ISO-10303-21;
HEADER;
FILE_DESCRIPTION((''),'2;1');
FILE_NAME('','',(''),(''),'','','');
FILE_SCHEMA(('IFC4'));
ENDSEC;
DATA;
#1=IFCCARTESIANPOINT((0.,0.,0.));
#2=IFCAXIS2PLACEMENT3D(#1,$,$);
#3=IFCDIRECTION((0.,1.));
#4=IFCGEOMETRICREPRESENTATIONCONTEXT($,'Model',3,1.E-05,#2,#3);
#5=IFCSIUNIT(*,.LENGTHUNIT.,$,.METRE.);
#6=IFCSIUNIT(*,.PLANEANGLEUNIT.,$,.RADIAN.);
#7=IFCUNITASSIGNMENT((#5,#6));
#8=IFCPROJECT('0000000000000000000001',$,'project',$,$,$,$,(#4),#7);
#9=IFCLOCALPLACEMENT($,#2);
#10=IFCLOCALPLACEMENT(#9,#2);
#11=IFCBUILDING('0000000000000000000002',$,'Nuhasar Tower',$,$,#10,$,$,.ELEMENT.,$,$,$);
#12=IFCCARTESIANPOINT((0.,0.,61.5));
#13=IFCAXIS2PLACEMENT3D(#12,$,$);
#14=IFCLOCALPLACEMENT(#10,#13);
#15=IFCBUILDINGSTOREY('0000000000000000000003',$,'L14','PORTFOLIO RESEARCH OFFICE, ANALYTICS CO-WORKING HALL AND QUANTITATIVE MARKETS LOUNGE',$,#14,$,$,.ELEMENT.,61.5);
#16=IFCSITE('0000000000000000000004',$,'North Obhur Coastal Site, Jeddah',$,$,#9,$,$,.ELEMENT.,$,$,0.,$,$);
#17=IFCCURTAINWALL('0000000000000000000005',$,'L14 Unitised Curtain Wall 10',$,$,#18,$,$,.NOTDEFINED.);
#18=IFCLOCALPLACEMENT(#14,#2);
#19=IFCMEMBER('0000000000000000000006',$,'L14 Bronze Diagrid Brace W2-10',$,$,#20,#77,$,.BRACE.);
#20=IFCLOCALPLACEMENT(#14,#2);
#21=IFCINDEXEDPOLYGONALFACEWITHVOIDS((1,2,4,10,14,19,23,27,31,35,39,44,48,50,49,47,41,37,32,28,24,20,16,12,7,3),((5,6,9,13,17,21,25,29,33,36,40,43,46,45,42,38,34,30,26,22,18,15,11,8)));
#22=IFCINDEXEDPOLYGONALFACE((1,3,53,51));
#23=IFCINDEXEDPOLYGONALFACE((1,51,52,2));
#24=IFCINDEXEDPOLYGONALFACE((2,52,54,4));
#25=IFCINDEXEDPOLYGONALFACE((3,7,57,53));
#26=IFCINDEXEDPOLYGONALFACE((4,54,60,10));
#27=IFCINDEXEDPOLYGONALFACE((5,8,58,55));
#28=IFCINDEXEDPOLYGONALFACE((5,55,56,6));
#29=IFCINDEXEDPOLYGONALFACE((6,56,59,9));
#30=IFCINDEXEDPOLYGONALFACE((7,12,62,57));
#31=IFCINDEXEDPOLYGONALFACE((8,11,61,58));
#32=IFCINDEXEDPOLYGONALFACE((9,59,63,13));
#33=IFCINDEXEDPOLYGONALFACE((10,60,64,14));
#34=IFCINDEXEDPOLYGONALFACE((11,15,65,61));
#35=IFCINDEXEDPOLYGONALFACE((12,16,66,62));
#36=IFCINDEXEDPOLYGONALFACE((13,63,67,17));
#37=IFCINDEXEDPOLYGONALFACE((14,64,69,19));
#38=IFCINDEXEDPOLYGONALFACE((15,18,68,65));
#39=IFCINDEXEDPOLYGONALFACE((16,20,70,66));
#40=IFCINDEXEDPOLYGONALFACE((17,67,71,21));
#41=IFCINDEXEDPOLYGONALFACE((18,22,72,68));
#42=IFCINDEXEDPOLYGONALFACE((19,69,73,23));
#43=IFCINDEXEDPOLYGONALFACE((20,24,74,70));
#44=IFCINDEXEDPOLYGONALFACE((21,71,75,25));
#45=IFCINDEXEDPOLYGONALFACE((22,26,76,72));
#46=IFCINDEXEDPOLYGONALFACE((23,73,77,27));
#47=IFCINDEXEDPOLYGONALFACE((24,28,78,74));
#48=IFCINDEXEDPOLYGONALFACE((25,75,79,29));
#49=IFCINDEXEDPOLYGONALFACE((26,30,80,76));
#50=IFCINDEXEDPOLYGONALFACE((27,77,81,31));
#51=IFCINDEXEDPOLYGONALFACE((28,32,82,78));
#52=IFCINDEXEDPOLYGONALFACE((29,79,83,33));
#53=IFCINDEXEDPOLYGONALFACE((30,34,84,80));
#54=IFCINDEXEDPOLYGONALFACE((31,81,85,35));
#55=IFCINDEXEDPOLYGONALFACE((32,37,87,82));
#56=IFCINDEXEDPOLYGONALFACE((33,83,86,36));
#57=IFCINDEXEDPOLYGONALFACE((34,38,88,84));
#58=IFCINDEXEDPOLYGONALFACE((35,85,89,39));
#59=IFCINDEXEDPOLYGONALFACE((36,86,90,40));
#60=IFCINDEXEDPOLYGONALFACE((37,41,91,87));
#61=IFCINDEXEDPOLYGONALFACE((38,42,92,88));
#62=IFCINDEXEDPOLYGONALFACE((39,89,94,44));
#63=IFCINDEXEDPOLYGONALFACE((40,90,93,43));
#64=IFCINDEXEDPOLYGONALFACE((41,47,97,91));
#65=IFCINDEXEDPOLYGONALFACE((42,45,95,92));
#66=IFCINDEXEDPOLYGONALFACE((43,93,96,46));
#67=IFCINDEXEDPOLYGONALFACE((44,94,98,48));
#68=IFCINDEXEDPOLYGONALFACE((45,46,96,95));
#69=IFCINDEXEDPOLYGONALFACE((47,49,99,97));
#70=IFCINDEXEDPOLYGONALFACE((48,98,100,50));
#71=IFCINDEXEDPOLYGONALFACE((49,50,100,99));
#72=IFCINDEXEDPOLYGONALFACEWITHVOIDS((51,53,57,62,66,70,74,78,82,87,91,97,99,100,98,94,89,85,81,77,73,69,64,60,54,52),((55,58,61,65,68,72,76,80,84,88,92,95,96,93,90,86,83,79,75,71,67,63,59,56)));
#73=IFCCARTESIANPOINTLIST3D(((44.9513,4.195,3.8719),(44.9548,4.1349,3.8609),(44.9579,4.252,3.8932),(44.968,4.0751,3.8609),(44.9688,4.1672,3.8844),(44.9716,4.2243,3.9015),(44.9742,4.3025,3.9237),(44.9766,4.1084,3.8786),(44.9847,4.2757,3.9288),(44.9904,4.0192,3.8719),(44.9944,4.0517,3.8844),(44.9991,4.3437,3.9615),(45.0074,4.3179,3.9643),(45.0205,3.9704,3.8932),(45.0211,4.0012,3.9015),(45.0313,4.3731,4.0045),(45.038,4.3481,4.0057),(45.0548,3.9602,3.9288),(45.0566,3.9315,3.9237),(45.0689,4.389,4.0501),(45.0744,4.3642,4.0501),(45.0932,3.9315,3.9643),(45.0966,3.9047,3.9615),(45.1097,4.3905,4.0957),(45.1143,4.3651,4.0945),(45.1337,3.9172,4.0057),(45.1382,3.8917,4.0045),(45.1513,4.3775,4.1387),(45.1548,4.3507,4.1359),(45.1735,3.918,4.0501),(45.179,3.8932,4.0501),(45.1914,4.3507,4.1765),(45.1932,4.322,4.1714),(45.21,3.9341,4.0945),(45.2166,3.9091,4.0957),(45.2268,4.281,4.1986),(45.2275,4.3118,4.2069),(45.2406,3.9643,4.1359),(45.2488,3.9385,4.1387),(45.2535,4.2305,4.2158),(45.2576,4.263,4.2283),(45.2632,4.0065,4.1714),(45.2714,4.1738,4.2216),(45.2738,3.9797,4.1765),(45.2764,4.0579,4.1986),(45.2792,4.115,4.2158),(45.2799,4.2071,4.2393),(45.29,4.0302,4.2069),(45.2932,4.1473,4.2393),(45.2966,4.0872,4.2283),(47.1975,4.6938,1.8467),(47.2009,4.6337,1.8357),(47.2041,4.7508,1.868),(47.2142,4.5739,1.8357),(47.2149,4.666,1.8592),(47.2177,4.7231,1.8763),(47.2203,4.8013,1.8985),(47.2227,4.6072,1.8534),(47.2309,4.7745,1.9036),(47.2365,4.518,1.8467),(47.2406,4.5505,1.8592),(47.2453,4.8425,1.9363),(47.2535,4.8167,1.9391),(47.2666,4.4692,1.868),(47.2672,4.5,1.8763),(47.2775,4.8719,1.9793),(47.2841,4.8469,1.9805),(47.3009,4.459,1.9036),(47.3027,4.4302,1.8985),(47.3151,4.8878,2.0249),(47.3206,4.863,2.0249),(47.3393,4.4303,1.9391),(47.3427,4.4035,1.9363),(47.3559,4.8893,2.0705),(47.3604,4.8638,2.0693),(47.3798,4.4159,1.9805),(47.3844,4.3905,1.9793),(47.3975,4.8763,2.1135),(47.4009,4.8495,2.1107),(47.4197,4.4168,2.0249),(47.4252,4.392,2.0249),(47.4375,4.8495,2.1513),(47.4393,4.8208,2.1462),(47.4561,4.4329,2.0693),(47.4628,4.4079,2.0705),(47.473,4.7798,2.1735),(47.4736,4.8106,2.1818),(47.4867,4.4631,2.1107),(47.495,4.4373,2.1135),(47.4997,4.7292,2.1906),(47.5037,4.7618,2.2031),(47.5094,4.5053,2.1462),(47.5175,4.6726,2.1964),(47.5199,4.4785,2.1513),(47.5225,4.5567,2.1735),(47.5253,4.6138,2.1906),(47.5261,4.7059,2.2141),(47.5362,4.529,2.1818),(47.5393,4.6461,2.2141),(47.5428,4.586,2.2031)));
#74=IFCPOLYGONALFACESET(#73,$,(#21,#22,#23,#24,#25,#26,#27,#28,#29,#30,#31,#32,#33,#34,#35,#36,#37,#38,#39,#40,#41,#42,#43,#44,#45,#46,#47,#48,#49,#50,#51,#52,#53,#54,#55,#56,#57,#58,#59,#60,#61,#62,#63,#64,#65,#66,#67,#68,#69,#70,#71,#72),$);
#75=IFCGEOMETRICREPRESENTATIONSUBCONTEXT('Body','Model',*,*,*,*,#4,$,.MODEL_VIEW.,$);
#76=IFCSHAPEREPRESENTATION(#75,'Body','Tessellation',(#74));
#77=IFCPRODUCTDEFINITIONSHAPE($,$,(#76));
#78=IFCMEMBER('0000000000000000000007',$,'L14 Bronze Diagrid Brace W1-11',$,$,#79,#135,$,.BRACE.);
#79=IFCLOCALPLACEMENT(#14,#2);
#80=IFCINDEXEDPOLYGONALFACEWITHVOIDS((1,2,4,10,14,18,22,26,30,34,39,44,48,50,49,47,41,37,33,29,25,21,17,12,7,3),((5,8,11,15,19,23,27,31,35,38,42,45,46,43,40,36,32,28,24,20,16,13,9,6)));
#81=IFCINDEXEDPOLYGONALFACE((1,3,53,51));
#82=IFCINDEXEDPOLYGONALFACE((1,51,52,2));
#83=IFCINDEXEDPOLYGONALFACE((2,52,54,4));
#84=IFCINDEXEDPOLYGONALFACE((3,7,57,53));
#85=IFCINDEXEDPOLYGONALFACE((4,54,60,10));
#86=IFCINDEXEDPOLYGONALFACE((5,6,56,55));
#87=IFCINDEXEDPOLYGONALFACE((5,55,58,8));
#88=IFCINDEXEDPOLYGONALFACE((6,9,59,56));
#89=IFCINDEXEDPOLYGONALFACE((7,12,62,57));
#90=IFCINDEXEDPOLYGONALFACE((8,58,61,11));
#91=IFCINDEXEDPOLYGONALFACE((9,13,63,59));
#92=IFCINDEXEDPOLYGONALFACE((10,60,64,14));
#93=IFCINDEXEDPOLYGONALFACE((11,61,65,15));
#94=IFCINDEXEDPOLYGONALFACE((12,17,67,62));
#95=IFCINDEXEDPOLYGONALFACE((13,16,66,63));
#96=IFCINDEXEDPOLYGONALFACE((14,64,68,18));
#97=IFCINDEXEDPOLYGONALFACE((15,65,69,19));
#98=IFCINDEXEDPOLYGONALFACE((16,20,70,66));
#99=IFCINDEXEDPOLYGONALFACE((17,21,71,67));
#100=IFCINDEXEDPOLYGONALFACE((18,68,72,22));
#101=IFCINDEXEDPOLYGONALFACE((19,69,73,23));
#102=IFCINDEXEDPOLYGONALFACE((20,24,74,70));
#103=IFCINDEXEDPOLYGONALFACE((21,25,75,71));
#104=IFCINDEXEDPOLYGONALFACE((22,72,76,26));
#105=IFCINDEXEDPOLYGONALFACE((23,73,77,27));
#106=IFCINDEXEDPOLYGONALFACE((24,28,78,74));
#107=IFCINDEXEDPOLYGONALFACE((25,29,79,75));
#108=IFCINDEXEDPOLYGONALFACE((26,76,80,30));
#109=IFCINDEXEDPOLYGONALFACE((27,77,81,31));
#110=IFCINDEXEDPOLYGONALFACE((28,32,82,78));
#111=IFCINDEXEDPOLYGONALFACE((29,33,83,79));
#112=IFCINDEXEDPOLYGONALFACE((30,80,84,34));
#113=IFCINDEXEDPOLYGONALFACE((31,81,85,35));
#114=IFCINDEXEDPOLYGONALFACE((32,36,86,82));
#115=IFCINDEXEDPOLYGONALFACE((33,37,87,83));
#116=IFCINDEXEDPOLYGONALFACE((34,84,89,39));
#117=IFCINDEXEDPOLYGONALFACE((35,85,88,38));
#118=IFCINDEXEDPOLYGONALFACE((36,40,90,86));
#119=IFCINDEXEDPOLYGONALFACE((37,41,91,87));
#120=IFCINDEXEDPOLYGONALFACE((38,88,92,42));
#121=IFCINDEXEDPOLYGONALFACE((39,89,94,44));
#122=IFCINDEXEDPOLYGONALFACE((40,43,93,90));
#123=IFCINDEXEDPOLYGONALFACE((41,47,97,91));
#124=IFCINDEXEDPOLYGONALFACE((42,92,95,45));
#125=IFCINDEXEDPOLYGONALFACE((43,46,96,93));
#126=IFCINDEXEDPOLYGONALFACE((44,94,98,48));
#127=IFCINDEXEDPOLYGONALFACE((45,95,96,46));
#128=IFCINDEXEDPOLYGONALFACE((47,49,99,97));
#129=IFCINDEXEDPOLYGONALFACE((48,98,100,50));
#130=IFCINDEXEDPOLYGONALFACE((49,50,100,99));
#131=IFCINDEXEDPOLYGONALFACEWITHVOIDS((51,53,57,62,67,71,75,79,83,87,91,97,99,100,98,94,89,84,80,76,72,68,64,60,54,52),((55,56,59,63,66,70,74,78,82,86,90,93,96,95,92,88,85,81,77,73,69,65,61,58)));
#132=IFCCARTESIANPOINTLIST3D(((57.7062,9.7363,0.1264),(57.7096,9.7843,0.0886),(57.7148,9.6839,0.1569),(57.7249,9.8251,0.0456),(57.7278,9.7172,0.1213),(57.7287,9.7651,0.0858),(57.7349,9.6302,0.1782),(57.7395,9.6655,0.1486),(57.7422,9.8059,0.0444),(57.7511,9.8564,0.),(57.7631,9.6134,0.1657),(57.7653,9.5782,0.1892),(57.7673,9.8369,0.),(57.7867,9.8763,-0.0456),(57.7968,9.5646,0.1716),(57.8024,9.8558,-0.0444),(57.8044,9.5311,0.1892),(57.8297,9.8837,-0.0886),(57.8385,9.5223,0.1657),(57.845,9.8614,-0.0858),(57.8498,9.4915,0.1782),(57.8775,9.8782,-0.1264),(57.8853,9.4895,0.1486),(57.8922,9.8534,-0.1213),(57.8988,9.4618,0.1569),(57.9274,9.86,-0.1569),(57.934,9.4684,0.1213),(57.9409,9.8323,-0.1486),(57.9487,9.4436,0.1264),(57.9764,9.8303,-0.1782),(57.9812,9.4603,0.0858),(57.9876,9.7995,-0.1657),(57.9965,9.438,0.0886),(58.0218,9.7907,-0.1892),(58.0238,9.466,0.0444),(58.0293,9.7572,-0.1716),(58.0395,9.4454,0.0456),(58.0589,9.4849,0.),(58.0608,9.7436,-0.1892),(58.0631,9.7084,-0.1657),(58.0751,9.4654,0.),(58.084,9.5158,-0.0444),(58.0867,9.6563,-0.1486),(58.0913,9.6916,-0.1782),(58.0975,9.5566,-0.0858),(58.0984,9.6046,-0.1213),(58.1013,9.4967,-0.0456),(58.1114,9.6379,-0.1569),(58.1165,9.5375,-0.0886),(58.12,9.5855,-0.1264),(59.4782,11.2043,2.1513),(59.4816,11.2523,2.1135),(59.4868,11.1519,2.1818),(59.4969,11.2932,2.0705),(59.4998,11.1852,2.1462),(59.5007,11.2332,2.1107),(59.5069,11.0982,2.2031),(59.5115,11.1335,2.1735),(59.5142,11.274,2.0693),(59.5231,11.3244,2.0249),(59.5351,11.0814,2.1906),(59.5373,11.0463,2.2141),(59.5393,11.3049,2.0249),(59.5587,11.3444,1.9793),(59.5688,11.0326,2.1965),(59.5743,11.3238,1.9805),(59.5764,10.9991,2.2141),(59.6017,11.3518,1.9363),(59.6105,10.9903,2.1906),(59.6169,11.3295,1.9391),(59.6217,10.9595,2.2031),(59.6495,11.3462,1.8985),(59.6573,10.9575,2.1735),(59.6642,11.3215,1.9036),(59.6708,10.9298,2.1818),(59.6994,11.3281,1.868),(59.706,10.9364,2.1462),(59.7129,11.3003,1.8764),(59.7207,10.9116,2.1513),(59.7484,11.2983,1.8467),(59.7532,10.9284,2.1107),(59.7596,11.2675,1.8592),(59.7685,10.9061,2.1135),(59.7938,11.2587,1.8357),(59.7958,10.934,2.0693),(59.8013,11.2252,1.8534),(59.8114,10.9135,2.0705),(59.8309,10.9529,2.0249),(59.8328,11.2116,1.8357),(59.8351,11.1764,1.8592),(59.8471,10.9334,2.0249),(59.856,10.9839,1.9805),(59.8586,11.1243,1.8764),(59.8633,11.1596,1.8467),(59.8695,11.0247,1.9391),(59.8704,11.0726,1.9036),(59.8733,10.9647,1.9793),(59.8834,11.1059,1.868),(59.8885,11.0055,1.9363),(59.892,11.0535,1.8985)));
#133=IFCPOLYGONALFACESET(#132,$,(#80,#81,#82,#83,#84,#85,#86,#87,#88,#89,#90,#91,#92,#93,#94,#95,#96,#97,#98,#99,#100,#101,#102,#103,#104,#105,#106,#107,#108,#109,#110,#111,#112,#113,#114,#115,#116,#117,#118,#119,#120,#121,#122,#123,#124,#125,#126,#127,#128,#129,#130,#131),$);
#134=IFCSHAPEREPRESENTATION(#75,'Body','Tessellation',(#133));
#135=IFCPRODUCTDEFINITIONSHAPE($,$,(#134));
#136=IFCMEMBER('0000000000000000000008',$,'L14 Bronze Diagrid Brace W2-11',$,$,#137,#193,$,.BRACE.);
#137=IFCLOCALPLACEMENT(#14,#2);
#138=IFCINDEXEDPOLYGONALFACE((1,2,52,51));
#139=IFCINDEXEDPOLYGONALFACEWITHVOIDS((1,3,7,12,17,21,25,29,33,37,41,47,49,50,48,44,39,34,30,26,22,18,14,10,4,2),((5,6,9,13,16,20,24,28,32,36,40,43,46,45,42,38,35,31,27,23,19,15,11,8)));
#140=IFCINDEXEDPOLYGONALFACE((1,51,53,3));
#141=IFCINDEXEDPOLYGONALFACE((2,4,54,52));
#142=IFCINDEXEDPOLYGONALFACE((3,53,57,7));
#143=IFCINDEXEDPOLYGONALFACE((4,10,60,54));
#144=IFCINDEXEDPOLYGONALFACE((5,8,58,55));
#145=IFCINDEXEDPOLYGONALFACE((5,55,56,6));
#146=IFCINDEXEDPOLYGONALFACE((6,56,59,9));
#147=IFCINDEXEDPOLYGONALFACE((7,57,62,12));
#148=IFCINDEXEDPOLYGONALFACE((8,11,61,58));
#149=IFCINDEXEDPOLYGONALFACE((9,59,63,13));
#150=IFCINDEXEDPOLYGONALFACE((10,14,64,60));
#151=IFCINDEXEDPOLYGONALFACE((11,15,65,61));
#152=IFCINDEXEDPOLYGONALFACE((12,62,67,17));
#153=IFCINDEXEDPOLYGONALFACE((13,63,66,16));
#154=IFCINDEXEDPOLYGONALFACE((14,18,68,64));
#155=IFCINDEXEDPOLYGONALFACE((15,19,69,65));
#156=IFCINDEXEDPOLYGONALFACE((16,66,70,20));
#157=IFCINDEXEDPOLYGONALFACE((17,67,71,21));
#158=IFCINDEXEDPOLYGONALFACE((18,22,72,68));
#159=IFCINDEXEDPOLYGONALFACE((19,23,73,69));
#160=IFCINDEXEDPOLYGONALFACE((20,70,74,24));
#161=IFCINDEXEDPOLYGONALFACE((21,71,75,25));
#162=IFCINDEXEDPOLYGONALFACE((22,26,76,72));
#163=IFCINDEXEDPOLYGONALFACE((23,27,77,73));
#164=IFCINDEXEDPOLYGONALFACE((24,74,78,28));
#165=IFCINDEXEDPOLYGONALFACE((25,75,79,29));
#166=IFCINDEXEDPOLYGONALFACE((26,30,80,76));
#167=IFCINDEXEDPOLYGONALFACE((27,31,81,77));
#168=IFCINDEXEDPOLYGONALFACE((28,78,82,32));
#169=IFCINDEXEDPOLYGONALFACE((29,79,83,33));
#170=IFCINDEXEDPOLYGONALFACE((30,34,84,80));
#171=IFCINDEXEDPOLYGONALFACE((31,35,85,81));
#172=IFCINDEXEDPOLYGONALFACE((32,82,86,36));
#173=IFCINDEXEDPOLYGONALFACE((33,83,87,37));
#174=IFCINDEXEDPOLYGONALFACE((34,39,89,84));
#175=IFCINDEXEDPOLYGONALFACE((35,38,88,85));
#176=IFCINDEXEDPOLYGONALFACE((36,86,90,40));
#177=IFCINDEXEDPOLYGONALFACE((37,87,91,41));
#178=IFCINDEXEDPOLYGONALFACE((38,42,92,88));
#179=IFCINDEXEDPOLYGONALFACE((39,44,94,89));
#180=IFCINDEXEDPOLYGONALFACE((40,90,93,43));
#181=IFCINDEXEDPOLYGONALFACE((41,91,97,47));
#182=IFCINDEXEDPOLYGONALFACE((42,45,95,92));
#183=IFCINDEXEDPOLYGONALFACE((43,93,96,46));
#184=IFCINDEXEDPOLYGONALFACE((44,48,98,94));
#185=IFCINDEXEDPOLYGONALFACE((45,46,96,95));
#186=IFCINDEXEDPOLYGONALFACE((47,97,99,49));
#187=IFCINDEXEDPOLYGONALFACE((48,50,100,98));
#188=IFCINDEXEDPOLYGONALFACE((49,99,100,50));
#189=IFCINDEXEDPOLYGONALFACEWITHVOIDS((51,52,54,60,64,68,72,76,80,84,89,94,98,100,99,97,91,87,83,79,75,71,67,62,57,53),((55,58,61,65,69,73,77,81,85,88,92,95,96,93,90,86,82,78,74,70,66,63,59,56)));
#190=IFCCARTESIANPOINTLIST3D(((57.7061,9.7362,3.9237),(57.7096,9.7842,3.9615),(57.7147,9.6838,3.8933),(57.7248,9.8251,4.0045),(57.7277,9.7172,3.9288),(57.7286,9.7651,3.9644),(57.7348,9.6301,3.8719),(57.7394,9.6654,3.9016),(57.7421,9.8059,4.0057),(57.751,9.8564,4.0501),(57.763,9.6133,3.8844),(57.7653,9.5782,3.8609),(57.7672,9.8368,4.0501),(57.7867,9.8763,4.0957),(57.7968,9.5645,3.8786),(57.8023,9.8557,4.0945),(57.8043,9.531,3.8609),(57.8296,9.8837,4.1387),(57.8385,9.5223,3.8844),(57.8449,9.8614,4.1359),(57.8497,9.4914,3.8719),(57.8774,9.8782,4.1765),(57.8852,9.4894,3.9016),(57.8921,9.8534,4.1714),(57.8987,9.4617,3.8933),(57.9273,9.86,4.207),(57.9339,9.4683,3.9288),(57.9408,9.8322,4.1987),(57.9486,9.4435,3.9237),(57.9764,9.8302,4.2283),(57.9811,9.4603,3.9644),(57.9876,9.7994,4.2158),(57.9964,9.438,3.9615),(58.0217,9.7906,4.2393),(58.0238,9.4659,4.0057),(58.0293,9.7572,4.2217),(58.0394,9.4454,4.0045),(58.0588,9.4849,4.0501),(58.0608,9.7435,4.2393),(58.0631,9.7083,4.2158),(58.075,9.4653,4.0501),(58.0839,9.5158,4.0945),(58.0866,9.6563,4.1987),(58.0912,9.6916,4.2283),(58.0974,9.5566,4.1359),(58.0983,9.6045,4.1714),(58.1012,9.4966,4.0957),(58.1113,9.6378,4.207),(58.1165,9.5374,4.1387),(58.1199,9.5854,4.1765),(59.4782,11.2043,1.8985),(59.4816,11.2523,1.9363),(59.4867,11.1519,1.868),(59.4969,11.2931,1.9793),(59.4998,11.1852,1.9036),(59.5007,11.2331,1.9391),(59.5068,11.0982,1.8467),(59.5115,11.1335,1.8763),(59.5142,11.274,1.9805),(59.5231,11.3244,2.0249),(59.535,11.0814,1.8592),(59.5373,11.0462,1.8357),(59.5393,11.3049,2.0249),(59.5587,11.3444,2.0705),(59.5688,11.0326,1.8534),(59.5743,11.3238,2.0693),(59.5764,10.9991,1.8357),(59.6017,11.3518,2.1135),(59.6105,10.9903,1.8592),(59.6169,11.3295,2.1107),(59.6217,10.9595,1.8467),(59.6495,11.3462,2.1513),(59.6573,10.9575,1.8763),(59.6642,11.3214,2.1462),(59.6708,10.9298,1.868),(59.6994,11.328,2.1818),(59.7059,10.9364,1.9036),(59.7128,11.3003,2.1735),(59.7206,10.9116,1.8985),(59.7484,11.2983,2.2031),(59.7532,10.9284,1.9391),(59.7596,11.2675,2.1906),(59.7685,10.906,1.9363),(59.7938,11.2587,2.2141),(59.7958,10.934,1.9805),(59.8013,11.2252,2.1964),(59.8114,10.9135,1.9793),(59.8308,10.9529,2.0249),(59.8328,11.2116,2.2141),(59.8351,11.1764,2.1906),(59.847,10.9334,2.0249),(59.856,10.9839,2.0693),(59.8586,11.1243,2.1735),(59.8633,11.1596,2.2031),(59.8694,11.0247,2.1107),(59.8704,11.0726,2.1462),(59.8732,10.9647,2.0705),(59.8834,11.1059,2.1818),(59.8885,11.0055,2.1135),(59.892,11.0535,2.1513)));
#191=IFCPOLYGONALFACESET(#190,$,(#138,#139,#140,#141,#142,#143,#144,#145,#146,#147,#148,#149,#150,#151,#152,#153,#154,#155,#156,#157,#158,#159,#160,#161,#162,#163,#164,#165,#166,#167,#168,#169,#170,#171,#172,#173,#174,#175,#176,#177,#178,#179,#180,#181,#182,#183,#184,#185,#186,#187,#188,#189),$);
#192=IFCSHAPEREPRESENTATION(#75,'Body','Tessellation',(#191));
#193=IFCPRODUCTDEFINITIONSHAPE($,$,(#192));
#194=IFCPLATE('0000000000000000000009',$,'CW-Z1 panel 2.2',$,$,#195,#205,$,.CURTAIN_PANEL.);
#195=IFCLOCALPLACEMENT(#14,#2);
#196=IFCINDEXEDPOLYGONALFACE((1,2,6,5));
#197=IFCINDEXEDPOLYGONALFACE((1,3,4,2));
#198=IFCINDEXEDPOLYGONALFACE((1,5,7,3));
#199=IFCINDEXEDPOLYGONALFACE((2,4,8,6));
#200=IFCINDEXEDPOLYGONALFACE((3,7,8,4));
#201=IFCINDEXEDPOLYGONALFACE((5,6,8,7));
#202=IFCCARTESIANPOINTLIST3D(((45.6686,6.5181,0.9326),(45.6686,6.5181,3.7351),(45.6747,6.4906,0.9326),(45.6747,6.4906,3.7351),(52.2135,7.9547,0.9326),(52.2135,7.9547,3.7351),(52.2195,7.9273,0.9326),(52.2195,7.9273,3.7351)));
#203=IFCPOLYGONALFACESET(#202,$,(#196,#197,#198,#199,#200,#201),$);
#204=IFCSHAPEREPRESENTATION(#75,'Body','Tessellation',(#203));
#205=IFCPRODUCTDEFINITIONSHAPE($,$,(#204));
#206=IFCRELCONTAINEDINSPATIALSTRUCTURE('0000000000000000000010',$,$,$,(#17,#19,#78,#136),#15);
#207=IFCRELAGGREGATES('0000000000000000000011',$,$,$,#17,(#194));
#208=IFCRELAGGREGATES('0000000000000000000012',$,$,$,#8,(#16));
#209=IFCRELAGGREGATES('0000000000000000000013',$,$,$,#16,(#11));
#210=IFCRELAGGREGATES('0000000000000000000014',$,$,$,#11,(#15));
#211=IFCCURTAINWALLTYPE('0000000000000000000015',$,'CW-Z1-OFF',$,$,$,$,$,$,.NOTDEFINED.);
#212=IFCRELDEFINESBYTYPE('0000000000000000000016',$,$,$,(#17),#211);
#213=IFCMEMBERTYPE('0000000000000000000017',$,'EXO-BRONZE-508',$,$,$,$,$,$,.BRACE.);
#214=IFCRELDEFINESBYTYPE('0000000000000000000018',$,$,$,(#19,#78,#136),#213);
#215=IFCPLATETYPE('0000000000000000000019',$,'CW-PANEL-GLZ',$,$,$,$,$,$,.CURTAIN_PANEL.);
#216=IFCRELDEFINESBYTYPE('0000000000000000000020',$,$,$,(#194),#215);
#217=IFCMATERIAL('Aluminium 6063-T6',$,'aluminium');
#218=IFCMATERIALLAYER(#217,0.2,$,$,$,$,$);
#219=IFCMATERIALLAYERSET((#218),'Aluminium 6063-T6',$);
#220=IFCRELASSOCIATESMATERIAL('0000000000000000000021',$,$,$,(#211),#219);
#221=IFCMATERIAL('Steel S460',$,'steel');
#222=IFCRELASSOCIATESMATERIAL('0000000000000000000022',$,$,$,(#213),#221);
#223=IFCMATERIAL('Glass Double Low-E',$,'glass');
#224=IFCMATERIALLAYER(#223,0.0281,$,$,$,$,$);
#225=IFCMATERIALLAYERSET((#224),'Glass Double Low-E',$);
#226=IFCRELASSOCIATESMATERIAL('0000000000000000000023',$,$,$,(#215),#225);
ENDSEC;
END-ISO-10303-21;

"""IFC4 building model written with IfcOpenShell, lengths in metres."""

from ifc_helpers import new_model, si_unit, direction, frame, origin, origin_2d, place, context, subcontext, project, spatial, rectangle, hollow_circle, extrude, material, layer, layer_set, material_profile, profile_set, type_object, element, aggregate, save


model = new_model("IFC4")

# Units and contexts
model_context = context("Model", 3, precision=1e-05, world=origin(), true_north=direction((0.0, 1.0)))
body_context = subcontext(model_context, "Body", "Model", "MODEL_VIEW")
ifc_project = project(units=[si_unit("LENGTHUNIT", "METRE"), si_unit("PLANEANGLEUNIT", "RADIAN")], contexts=[model_context])

# Site, building, storey
site_placement = place(None, origin())
site = spatial("IfcSite", under=ifc_project, at=site_placement, Name="North Obhur Coastal Site, Jeddah", CompositionType="ELEMENT", RefElevation=0.0)
building_placement = place(site_placement, origin())
building = spatial("IfcBuilding", under=site, at=building_placement, Name="Nuhasar Tower", CompositionType="ELEMENT")
storey_placement = place(building_placement, frame((0.0, 0.0, 61.5)))
storey = spatial("IfcBuildingStorey", under=building, at=storey_placement, Name="L14", Description="PORTFOLIO RESEARCH OFFICE, ANALYTICS CO-WORKING HALL AND QUANTITATIVE MARKETS LOUNGE", CompositionType="ELEMENT", Elevation=61.5)

# Curtain wall
ifc_material_1 = material(Name="Aluminium 6063-T6", Category="aluminium")
ifc_layer_1 = layer(ifc_material_1, 0.2)
ifc_layer_set_1 = layer_set([ifc_layer_1], Name="Aluminium 6063-T6")
curtain_wall_type = type_object("IfcCurtainWallType", Name="CW-Z1-OFF", PredefinedType="NOTDEFINED", material=ifc_layer_set_1)
curtain_wall_1_placement = place(storey_placement, origin())
curtain_wall_1 = element("IfcCurtainWall", 1, at=curtain_wall_1_placement, inside=storey, type_object=curtain_wall_type, Name="L14 Unitised Curtain Wall 10", PredefinedType="NOTDEFINED")

# Members
ifc_material_2 = material(Name="Steel S460", Category="steel")
ifc_material_profile_1 = material_profile(ifc_material_2, hollow_circle(Radius=0.2539, WallThickness=0.0254, at=origin_2d()), Name="HSS508X25.4")
ifc_profile_set_1 = profile_set([ifc_material_profile_1], Name="Steel S460")
member_type_1 = type_object("IfcMemberType", Name="EXO-BRONZE-508", PredefinedType="BRACE", material=ifc_profile_set_1)
for number, where, z_axis, x_axis, name in (
    (2, (47.3701, 4.6399, 2.0249), (-0.732792, -0.162728, 0.660708), (0.216784, -0.97622, 0.0), "L14 Bronze Diagrid Brace W2-10"),
    (3, (57.9131, 9.6609, 0.0), (0.578102, 0.478937, 0.660619), (-0.637969, 0.770062, 0.0), "L14 Bronze Diagrid Brace W1-11"),
):
    element("IfcMember", number, at=place(storey_placement, frame(where, z_axis=z_axis, x_axis=x_axis)), inside=storey, type_object=member_type_1, Name=name, PredefinedType="BRACE", context=body_context, shape_type="SweptSolid", body=[
        extrude(hollow_circle(Radius=0.2539, WallThickness=0.0254, at=origin_2d()), origin(), (0.0, 0.0, 1.0), 3.0652),
    ])
member_1_placement = place(storey_placement, frame((59.6851, 11.1289, 2.0249), z_axis=(-0.578071, -0.478912, 0.660664), x_axis=(0.637969, -0.770062, 0.0)))
element("IfcMember", 4, at=member_1_placement, inside=storey, type_object=member_type_1, Name="L14 Bronze Diagrid Brace W2-11", PredefinedType="BRACE", context=body_context, shape_type="SweptSolid", body=[
    extrude(hollow_circle(Radius=0.2539, WallThickness=0.0254, at=origin_2d()), origin(), (0.0, 0.0, 1.0), 3.0654),
])

# Plate
ifc_material_3 = material(Name="Glass Double Low-E", Category="glass")
ifc_layer_2 = layer(ifc_material_3, 0.0281)
ifc_layer_set_2 = layer_set([ifc_layer_2], Name="Glass Double Low-E")
plate_type_1 = type_object("IfcPlateType", Name="CW-PANEL-GLZ", PredefinedType="CURTAIN_PANEL", material=ifc_layer_set_2)
plate_1_placement = place(storey_placement, frame((48.9441, 7.2227, 0.9326), z_axis=(0.0, 0.0, 1.0), x_axis=(0.976746, 0.214399, 0.0)))
plate_1 = element("IfcPlate", 5, at=plate_1_placement, type_object=plate_type_1, Name="CW-Z1 panel 2.2", PredefinedType="CURTAIN_PANEL", context=body_context, shape_type="SweptSolid", body=[
    extrude(rectangle(XDim=6.7007, YDim=0.0281, at=origin_2d()), origin(), (0.0, 0.0, 1.0), 2.8025),
])
aggregate(curtain_wall_1, [plate_1])

save(model, "model.ifc")
